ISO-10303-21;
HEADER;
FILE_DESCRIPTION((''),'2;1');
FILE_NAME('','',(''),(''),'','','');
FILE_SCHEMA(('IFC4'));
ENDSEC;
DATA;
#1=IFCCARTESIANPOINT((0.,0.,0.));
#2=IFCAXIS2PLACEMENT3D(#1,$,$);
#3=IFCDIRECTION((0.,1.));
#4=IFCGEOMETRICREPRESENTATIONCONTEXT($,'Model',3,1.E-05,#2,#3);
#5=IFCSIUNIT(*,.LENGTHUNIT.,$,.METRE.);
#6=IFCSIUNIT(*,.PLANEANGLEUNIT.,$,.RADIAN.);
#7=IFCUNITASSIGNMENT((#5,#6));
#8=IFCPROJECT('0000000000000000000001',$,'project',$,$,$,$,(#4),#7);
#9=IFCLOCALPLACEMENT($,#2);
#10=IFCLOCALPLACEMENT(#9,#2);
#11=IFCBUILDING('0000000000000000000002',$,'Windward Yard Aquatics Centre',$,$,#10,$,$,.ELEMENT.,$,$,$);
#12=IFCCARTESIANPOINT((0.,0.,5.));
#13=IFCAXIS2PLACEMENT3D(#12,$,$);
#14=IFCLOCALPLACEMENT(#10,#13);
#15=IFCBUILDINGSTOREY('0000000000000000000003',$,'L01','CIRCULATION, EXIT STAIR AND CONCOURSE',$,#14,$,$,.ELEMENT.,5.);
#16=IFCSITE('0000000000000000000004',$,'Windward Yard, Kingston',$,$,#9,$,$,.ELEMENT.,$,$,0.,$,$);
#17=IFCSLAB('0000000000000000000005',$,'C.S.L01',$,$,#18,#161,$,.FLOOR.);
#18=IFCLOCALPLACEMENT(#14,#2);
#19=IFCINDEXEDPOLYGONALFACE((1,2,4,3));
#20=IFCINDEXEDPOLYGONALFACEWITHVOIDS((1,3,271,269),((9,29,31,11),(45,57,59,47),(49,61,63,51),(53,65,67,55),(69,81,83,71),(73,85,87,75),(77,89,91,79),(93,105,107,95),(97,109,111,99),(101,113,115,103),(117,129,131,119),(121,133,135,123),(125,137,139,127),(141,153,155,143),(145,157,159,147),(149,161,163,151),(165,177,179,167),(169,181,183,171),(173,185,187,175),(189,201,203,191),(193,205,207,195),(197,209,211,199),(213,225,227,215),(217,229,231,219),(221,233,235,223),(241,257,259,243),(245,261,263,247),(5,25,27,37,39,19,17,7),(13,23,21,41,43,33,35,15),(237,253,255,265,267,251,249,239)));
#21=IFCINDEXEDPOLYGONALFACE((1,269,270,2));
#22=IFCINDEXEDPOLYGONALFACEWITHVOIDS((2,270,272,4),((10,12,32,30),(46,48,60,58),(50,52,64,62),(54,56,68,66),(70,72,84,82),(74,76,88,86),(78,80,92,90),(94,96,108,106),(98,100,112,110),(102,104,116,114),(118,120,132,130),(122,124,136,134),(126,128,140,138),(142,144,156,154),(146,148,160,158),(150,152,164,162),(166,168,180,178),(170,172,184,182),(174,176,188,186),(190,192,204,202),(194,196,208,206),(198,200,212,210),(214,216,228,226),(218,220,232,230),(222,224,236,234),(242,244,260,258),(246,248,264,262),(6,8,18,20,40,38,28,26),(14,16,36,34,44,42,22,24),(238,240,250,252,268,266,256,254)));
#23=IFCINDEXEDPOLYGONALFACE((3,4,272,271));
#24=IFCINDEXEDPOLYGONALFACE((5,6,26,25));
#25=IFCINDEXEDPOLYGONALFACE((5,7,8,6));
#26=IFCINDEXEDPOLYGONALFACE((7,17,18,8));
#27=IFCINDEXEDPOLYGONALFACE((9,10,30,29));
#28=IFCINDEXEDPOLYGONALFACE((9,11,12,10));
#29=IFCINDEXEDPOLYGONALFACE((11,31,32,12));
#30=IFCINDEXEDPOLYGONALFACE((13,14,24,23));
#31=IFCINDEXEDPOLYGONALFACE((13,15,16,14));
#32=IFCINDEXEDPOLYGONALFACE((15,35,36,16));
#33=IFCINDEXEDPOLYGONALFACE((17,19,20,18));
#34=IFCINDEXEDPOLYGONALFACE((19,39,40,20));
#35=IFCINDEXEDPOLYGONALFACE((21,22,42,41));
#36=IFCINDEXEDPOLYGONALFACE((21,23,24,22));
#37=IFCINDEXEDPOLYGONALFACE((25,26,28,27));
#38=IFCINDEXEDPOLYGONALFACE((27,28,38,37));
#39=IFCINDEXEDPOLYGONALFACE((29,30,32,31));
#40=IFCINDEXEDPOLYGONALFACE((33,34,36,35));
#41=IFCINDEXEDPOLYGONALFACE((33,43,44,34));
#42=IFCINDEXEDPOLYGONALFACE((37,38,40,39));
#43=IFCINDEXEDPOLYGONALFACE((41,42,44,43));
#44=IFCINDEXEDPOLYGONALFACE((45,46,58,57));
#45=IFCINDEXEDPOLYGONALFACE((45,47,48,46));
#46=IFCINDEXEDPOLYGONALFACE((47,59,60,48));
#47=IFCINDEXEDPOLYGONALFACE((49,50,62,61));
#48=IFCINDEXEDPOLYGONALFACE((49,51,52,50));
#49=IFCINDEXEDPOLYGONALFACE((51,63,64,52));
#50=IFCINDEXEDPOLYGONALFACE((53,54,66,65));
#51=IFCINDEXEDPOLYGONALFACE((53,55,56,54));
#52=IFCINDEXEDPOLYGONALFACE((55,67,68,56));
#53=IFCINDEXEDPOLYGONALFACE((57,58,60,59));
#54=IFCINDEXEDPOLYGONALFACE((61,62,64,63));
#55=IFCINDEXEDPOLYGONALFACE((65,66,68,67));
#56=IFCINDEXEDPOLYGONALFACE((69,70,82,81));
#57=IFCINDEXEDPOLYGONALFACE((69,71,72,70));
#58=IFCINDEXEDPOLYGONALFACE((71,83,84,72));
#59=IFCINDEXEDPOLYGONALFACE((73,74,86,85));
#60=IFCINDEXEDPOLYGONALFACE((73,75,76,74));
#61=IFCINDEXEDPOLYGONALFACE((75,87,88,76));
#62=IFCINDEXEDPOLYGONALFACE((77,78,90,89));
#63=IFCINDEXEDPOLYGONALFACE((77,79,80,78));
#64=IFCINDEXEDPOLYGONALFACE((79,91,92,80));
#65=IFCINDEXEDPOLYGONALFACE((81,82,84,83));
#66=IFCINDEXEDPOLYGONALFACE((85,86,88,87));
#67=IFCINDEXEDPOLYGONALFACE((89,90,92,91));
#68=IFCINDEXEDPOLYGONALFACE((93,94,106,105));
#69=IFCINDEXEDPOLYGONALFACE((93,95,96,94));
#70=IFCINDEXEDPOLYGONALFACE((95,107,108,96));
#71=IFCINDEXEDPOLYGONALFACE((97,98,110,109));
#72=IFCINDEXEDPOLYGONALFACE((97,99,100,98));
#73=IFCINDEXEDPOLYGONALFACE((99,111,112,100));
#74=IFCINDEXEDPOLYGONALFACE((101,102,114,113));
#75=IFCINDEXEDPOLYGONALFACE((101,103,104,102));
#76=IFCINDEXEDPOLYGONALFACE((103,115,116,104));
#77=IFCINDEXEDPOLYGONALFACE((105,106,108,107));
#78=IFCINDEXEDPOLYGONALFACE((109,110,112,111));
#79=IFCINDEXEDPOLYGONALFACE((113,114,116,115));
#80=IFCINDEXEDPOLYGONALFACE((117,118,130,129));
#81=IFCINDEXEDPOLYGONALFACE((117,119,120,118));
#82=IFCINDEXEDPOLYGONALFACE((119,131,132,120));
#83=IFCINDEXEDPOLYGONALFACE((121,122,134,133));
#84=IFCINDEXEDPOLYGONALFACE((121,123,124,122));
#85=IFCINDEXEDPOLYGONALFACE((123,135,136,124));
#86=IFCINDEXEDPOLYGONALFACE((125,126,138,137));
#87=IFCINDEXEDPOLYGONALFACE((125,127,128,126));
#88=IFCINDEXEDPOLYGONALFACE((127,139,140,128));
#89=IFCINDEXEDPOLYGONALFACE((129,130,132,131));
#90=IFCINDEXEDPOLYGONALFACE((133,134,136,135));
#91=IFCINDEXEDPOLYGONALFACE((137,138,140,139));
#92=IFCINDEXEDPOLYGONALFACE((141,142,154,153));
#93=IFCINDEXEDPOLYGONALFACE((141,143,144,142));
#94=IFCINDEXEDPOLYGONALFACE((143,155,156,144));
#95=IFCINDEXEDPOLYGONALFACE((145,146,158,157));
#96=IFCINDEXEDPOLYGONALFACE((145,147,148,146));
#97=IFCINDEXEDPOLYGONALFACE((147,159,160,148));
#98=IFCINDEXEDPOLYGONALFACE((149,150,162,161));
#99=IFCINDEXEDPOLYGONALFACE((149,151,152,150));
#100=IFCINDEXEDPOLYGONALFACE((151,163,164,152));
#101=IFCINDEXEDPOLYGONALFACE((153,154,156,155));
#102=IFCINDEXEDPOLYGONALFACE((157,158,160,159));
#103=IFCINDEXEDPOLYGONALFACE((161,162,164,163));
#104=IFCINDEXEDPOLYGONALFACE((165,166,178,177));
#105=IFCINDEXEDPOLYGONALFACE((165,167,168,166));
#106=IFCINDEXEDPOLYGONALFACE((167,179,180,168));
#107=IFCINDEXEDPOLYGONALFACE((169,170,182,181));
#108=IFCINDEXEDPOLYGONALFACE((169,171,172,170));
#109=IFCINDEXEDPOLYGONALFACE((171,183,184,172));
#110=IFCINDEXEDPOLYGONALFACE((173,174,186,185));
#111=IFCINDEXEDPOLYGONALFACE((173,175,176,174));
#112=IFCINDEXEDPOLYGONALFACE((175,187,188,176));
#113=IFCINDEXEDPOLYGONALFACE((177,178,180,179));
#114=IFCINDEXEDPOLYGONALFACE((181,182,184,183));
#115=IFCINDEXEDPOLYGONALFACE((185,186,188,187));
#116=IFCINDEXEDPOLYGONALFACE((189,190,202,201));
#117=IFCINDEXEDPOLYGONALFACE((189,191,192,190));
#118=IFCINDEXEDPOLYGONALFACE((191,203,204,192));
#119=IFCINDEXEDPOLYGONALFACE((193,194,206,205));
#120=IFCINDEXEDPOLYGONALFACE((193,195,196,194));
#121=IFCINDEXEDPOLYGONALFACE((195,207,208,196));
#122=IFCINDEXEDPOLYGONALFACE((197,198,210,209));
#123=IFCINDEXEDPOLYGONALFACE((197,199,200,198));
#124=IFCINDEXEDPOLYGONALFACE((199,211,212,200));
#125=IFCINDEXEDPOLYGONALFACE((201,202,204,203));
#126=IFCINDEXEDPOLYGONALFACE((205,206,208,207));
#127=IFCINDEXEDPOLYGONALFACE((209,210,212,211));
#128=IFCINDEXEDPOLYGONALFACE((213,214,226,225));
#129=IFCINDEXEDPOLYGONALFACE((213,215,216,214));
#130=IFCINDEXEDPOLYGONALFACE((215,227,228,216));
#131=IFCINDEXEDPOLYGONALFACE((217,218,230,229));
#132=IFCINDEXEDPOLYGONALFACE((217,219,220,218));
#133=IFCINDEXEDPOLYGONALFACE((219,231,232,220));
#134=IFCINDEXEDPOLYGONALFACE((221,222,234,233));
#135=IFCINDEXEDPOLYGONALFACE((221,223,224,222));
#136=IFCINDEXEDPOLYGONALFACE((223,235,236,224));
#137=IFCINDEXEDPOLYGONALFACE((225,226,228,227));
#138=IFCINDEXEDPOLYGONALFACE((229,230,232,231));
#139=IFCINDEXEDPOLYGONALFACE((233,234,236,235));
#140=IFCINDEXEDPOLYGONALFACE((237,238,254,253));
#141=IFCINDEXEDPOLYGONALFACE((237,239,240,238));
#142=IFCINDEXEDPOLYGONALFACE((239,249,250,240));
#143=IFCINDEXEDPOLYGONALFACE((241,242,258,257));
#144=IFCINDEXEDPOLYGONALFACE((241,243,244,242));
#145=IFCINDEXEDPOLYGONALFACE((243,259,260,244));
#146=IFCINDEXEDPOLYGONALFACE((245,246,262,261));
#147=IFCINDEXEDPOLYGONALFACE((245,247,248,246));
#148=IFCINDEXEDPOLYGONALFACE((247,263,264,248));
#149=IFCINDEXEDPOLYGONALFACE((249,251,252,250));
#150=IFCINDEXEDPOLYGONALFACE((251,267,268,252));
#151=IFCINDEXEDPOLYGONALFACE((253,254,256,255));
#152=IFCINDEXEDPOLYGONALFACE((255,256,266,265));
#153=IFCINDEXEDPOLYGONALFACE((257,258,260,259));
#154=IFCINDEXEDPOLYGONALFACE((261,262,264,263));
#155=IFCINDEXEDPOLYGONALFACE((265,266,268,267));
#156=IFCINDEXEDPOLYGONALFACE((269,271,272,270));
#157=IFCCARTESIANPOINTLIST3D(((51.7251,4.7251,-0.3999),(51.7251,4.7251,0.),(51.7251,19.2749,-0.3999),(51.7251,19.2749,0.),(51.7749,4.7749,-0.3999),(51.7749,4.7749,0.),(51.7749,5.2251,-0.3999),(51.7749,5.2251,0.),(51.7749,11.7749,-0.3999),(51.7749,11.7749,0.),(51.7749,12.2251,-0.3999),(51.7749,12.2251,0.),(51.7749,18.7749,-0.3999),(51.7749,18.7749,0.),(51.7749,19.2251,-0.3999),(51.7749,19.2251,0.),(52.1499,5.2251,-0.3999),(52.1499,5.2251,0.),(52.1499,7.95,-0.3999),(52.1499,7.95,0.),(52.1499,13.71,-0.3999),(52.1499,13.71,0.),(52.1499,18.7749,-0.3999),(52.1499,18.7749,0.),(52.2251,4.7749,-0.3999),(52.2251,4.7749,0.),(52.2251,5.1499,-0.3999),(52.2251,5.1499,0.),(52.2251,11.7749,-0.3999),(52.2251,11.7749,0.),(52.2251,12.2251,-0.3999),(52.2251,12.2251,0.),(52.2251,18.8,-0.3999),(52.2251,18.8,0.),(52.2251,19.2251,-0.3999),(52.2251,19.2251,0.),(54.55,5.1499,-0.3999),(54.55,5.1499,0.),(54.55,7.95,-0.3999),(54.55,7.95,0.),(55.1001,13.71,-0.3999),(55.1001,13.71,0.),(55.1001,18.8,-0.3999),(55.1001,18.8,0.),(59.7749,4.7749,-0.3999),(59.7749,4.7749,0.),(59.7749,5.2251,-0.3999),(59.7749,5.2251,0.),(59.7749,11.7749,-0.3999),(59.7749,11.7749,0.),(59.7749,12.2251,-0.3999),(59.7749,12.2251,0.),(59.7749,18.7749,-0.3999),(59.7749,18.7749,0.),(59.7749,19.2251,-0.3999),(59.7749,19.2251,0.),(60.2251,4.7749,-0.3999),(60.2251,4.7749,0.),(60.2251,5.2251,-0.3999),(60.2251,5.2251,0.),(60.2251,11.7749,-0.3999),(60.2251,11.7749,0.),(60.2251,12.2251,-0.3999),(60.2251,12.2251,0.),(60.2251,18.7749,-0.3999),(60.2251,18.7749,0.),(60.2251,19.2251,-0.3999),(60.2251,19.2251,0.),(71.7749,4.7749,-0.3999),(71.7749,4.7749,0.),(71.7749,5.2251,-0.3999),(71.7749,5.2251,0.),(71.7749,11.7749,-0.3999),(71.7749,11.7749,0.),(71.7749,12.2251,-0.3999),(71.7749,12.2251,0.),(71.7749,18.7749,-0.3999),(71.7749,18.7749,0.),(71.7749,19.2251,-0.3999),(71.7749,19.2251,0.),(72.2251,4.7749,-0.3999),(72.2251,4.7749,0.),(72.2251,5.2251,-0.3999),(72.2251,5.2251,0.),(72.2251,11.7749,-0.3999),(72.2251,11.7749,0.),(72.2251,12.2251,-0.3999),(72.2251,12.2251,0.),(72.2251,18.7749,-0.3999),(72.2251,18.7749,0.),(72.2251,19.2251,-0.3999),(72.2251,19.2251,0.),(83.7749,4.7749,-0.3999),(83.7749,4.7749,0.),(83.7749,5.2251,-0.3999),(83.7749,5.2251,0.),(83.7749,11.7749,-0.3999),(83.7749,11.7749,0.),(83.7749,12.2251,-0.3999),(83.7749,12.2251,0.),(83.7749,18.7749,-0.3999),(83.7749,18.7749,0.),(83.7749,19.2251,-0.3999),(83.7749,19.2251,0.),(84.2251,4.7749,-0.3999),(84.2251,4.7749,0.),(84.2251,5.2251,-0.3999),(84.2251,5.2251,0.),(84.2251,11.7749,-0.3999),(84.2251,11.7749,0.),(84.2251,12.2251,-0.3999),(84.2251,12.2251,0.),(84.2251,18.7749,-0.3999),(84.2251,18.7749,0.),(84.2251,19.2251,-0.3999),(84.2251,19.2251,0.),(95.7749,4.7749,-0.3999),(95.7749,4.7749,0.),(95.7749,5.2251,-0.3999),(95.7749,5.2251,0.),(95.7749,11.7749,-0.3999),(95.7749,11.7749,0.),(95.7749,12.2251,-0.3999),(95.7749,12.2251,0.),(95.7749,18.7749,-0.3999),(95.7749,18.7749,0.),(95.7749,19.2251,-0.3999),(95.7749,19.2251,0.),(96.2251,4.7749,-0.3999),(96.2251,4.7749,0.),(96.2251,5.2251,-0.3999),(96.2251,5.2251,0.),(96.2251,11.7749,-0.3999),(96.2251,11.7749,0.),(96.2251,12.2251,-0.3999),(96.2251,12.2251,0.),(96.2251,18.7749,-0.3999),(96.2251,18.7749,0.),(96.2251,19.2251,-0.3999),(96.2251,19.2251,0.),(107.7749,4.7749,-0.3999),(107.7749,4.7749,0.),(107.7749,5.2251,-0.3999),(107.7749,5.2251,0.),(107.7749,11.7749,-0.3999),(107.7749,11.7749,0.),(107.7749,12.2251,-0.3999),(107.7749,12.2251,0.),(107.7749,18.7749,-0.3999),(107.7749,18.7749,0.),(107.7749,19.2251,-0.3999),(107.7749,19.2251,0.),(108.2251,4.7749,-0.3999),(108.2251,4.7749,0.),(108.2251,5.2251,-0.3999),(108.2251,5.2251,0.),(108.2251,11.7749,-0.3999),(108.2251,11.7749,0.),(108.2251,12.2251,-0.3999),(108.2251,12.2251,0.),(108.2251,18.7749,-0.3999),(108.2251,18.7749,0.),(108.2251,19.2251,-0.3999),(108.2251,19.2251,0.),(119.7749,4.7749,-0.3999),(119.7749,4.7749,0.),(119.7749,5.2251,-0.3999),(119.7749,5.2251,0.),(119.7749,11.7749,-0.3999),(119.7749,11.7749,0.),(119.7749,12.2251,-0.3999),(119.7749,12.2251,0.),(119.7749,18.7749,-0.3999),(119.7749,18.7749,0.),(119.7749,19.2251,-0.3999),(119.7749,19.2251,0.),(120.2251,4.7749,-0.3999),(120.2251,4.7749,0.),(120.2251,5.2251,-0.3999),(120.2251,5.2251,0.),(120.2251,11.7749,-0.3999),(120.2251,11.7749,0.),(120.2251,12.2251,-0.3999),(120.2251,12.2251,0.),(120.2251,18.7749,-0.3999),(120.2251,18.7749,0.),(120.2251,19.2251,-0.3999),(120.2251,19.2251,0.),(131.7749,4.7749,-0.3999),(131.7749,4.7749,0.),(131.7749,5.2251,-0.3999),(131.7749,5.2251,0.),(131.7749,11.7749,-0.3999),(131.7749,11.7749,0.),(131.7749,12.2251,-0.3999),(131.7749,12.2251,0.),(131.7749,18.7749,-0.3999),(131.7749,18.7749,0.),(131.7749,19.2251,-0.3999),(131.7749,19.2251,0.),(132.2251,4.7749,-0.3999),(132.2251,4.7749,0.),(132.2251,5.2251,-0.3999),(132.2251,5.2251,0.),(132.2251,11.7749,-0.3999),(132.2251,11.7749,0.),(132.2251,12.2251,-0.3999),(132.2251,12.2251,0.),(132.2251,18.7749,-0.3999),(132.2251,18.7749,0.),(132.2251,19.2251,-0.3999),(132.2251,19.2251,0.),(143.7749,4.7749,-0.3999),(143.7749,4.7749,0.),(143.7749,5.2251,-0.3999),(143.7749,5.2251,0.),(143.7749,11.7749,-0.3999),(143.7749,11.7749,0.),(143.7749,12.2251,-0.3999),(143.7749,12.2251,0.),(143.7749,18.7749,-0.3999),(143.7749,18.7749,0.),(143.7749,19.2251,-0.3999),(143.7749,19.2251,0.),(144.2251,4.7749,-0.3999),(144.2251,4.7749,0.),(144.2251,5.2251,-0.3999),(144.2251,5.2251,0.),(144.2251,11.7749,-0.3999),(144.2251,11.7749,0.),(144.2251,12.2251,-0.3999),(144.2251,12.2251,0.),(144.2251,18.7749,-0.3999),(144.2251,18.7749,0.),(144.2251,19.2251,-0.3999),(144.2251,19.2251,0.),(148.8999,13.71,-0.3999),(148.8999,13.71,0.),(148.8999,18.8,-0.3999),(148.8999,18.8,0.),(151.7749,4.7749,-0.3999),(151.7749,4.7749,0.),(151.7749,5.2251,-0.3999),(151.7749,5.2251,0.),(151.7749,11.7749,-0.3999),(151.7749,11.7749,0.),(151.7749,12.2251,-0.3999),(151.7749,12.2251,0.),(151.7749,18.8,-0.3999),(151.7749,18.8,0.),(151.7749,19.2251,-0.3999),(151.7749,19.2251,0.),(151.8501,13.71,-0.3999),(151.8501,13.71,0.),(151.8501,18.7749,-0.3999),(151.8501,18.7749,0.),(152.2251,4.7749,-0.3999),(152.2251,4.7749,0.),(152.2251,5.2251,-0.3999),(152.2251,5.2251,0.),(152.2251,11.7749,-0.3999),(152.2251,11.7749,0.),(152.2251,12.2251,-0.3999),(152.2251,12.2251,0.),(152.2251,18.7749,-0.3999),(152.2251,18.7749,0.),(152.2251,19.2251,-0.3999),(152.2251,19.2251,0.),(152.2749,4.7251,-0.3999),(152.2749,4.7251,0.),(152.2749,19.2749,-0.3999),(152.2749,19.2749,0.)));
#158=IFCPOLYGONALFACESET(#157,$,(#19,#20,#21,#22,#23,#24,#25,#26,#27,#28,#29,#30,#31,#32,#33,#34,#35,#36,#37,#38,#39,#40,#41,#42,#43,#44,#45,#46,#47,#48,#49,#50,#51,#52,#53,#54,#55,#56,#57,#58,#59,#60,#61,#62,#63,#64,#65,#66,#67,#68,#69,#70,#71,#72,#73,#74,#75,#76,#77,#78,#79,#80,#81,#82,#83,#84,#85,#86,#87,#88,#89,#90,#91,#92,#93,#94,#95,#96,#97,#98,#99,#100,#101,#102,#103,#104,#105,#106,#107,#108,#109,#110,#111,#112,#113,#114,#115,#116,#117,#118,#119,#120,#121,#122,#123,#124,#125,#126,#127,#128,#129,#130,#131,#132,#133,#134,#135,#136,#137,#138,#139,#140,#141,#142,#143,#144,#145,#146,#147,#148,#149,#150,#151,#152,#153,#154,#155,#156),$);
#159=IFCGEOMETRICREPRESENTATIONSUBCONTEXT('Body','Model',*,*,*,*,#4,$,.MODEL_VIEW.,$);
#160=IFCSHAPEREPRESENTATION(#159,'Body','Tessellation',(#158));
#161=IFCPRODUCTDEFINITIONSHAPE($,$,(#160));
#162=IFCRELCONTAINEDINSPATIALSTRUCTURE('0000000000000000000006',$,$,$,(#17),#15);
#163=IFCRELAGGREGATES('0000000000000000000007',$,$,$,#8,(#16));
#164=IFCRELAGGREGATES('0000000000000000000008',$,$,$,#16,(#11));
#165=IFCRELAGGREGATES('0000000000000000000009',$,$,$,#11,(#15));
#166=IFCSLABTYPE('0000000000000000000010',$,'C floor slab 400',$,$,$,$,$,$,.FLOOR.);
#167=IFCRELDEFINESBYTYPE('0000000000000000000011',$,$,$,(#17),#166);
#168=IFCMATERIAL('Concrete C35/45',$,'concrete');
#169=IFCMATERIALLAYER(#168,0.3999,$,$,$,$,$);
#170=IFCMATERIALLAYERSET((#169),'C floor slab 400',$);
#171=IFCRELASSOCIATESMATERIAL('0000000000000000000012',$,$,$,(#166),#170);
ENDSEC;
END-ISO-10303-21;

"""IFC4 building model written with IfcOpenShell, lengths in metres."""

from ifc_helpers import new_model, si_unit, direction, frame, origin, place, context, subcontext, project, spatial, polyline, outline, extrude, material, layer, layer_set, type_object, element, save


model = new_model("IFC4")

# Units and contexts
model_context = context("Model", 3, precision=1e-05, world=origin(), true_north=direction((0.0, 1.0)))
body_context = subcontext(model_context, "Body", "Model", "MODEL_VIEW")
ifc_project = project(units=[si_unit("LENGTHUNIT", "METRE"), si_unit("PLANEANGLEUNIT", "RADIAN")], contexts=[model_context])

# Site, building, storey
site_placement = place(None, origin())
site = spatial("IfcSite", under=ifc_project, at=site_placement, Name="Windward Yard, Kingston", CompositionType="ELEMENT", RefElevation=0.0)
building_placement = place(site_placement, origin())
building = spatial("IfcBuilding", under=site, at=building_placement, Name="Windward Yard Aquatics Centre", CompositionType="ELEMENT")
storey_placement = place(building_placement, frame((0.0, 0.0, 5.0)))
storey = spatial("IfcBuildingStorey", under=building, at=storey_placement, Name="L01", Description="CIRCULATION, EXIT STAIR AND CONCOURSE", CompositionType="ELEMENT", Elevation=5.0)

# Slab
ifc_material_1 = material(Name="Concrete C35/45", Category="concrete")
ifc_layer_1 = layer(ifc_material_1, 0.3999)
ifc_layer_set_1 = layer_set([ifc_layer_1], Name="C floor slab 400")
slab_type_1 = type_object("IfcSlabType", Name="C floor slab 400", PredefinedType="FLOOR", material=ifc_layer_set_1)
slab_1_placement = place(storey_placement, frame((0.0, 0.0, -0.3999)))
element("IfcSlab", 1, at=slab_1_placement, inside=storey, type_object=slab_type_1, Name="C.S.L01", PredefinedType="FLOOR", context=body_context, shape_type="SweptSolid", body=[
    extrude(outline(polyline([(51.7251, 4.7251), (152.2749, 4.7251), (152.2749, 19.2749), (51.7251, 19.2749), (51.7251, 4.7251)]), holes=[polyline([(51.7749, 4.7749), (51.7749, 5.2251), (52.1499, 5.2251), (52.1499, 7.95), (54.55, 7.95), (54.55, 5.1499), (52.2251, 5.1499), (52.2251, 4.7749), (51.7749, 4.7749)]), polyline([(95.7749, 4.7749), (95.7749, 5.2251), (96.2251, 5.2251), (96.2251, 4.7749), (95.7749, 4.7749)]), polyline([(59.7749, 4.7749), (59.7749, 5.2251), (60.2251, 5.2251), (60.2251, 4.7749), (59.7749, 4.7749)]), polyline([(71.7749, 4.7749), (71.7749, 5.2251), (72.2251, 5.2251), (72.2251, 4.7749), (71.7749, 4.7749)]), polyline([(83.7749, 4.7749), (83.7749, 5.2251), (84.2251, 5.2251), (84.2251, 4.7749), (83.7749, 4.7749)]), polyline([(95.7749, 11.7749), (95.7749, 12.2251), (96.2251, 12.2251), (96.2251, 11.7749), (95.7749, 11.7749)]), polyline([(59.7749, 11.7749), (59.7749, 12.2251), (60.2251, 12.2251), (60.2251, 11.7749), (59.7749, 11.7749)]), polyline([(51.7749, 11.7749), (51.7749, 12.2251), (52.2251, 12.2251), (52.2251, 11.7749), (51.7749, 11.7749)]), polyline([(71.7749, 11.7749), (71.7749, 12.2251), (72.2251, 12.2251), (72.2251, 11.7749), (71.7749, 11.7749)]), polyline([(83.7749, 11.7749), (83.7749, 12.2251), (84.2251, 12.2251), (84.2251, 11.7749), (83.7749, 11.7749)]), polyline([(51.7749, 18.7749), (51.7749, 19.2251), (52.2251, 19.2251), (52.2251, 18.8), (55.1001, 18.8), (55.1001, 13.71), (52.1499, 13.71), (52.1499, 18.7749), (51.7749, 18.7749)]), polyline([(71.7749, 18.7749), (71.7749, 19.2251), (72.2251, 19.2251), (72.2251, 18.7749), (71.7749, 18.7749)]), polyline([(95.7749, 18.7749), (95.7749, 19.2251), (96.2251, 19.2251), (96.2251, 18.7749), (95.7749, 18.7749)]), polyline([(83.7749, 18.7749), (83.7749, 19.2251), (84.2251, 19.2251), (84.2251, 18.7749), (83.7749, 18.7749)]), polyline([(59.7749, 18.7749), (59.7749, 19.2251), (60.2251, 19.2251), (60.2251, 18.7749), (59.7749, 18.7749)]), polyline([(107.7749, 4.7749), (107.7749, 5.2251), (108.2251, 5.2251), (108.2251, 4.7749), (107.7749, 4.7749)]), polyline([(119.7749, 4.7749), (119.7749, 5.2251), (120.2251, 5.2251), (120.2251, 4.7749), (119.7749, 4.7749)]), polyline([(131.7749, 4.7749), (131.7749, 5.2251), (132.2251, 5.2251), (132.2251, 4.7749), (131.7749, 4.7749)]), polyline([(143.7749, 4.7749), (143.7749, 5.2251), (144.2251, 5.2251), (144.2251, 4.7749), (143.7749, 4.7749)]), polyline([(151.7749, 4.7749), (151.7749, 5.2251), (152.2251, 5.2251), (152.2251, 4.7749), (151.7749, 4.7749)]), polyline([(107.7749, 11.7749), (107.7749, 12.2251), (108.2251, 12.2251), (108.2251, 11.7749), (107.7749, 11.7749)]), polyline([(119.7749, 11.7749), (119.7749, 12.2251), (120.2251, 12.2251), (120.2251, 11.7749), (119.7749, 11.7749)]), polyline([(131.7749, 11.7749), (131.7749, 12.2251), (132.2251, 12.2251), (132.2251, 11.7749), (131.7749, 11.7749)]), polyline([(143.7749, 11.7749), (143.7749, 12.2251), (144.2251, 12.2251), (144.2251, 11.7749), (143.7749, 11.7749)]), polyline([(151.7749, 11.7749), (151.7749, 12.2251), (152.2251, 12.2251), (152.2251, 11.7749), (151.7749, 11.7749)]), polyline([(148.8999, 13.71), (148.8999, 18.8), (151.7749, 18.8), (151.7749, 19.2251), (152.2251, 19.2251), (152.2251, 18.7749), (151.8501, 18.7749), (151.8501, 13.71), (148.8999, 13.71)]), polyline([(107.7749, 18.7749), (107.7749, 19.2251), (108.2251, 19.2251), (108.2251, 18.7749), (107.7749, 18.7749)]), polyline([(119.7749, 18.7749), (119.7749, 19.2251), (120.2251, 19.2251), (120.2251, 18.7749), (119.7749, 18.7749)]), polyline([(131.7749, 18.7749), (131.7749, 19.2251), (132.2251, 19.2251), (132.2251, 18.7749), (131.7749, 18.7749)]), polyline([(143.7749, 18.7749), (143.7749, 19.2251), (144.2251, 19.2251), (144.2251, 18.7749), (143.7749, 18.7749)])]), origin(), (0.0, 0.0, 1.0), 0.3999),
])

save(model, "model.ifc")
